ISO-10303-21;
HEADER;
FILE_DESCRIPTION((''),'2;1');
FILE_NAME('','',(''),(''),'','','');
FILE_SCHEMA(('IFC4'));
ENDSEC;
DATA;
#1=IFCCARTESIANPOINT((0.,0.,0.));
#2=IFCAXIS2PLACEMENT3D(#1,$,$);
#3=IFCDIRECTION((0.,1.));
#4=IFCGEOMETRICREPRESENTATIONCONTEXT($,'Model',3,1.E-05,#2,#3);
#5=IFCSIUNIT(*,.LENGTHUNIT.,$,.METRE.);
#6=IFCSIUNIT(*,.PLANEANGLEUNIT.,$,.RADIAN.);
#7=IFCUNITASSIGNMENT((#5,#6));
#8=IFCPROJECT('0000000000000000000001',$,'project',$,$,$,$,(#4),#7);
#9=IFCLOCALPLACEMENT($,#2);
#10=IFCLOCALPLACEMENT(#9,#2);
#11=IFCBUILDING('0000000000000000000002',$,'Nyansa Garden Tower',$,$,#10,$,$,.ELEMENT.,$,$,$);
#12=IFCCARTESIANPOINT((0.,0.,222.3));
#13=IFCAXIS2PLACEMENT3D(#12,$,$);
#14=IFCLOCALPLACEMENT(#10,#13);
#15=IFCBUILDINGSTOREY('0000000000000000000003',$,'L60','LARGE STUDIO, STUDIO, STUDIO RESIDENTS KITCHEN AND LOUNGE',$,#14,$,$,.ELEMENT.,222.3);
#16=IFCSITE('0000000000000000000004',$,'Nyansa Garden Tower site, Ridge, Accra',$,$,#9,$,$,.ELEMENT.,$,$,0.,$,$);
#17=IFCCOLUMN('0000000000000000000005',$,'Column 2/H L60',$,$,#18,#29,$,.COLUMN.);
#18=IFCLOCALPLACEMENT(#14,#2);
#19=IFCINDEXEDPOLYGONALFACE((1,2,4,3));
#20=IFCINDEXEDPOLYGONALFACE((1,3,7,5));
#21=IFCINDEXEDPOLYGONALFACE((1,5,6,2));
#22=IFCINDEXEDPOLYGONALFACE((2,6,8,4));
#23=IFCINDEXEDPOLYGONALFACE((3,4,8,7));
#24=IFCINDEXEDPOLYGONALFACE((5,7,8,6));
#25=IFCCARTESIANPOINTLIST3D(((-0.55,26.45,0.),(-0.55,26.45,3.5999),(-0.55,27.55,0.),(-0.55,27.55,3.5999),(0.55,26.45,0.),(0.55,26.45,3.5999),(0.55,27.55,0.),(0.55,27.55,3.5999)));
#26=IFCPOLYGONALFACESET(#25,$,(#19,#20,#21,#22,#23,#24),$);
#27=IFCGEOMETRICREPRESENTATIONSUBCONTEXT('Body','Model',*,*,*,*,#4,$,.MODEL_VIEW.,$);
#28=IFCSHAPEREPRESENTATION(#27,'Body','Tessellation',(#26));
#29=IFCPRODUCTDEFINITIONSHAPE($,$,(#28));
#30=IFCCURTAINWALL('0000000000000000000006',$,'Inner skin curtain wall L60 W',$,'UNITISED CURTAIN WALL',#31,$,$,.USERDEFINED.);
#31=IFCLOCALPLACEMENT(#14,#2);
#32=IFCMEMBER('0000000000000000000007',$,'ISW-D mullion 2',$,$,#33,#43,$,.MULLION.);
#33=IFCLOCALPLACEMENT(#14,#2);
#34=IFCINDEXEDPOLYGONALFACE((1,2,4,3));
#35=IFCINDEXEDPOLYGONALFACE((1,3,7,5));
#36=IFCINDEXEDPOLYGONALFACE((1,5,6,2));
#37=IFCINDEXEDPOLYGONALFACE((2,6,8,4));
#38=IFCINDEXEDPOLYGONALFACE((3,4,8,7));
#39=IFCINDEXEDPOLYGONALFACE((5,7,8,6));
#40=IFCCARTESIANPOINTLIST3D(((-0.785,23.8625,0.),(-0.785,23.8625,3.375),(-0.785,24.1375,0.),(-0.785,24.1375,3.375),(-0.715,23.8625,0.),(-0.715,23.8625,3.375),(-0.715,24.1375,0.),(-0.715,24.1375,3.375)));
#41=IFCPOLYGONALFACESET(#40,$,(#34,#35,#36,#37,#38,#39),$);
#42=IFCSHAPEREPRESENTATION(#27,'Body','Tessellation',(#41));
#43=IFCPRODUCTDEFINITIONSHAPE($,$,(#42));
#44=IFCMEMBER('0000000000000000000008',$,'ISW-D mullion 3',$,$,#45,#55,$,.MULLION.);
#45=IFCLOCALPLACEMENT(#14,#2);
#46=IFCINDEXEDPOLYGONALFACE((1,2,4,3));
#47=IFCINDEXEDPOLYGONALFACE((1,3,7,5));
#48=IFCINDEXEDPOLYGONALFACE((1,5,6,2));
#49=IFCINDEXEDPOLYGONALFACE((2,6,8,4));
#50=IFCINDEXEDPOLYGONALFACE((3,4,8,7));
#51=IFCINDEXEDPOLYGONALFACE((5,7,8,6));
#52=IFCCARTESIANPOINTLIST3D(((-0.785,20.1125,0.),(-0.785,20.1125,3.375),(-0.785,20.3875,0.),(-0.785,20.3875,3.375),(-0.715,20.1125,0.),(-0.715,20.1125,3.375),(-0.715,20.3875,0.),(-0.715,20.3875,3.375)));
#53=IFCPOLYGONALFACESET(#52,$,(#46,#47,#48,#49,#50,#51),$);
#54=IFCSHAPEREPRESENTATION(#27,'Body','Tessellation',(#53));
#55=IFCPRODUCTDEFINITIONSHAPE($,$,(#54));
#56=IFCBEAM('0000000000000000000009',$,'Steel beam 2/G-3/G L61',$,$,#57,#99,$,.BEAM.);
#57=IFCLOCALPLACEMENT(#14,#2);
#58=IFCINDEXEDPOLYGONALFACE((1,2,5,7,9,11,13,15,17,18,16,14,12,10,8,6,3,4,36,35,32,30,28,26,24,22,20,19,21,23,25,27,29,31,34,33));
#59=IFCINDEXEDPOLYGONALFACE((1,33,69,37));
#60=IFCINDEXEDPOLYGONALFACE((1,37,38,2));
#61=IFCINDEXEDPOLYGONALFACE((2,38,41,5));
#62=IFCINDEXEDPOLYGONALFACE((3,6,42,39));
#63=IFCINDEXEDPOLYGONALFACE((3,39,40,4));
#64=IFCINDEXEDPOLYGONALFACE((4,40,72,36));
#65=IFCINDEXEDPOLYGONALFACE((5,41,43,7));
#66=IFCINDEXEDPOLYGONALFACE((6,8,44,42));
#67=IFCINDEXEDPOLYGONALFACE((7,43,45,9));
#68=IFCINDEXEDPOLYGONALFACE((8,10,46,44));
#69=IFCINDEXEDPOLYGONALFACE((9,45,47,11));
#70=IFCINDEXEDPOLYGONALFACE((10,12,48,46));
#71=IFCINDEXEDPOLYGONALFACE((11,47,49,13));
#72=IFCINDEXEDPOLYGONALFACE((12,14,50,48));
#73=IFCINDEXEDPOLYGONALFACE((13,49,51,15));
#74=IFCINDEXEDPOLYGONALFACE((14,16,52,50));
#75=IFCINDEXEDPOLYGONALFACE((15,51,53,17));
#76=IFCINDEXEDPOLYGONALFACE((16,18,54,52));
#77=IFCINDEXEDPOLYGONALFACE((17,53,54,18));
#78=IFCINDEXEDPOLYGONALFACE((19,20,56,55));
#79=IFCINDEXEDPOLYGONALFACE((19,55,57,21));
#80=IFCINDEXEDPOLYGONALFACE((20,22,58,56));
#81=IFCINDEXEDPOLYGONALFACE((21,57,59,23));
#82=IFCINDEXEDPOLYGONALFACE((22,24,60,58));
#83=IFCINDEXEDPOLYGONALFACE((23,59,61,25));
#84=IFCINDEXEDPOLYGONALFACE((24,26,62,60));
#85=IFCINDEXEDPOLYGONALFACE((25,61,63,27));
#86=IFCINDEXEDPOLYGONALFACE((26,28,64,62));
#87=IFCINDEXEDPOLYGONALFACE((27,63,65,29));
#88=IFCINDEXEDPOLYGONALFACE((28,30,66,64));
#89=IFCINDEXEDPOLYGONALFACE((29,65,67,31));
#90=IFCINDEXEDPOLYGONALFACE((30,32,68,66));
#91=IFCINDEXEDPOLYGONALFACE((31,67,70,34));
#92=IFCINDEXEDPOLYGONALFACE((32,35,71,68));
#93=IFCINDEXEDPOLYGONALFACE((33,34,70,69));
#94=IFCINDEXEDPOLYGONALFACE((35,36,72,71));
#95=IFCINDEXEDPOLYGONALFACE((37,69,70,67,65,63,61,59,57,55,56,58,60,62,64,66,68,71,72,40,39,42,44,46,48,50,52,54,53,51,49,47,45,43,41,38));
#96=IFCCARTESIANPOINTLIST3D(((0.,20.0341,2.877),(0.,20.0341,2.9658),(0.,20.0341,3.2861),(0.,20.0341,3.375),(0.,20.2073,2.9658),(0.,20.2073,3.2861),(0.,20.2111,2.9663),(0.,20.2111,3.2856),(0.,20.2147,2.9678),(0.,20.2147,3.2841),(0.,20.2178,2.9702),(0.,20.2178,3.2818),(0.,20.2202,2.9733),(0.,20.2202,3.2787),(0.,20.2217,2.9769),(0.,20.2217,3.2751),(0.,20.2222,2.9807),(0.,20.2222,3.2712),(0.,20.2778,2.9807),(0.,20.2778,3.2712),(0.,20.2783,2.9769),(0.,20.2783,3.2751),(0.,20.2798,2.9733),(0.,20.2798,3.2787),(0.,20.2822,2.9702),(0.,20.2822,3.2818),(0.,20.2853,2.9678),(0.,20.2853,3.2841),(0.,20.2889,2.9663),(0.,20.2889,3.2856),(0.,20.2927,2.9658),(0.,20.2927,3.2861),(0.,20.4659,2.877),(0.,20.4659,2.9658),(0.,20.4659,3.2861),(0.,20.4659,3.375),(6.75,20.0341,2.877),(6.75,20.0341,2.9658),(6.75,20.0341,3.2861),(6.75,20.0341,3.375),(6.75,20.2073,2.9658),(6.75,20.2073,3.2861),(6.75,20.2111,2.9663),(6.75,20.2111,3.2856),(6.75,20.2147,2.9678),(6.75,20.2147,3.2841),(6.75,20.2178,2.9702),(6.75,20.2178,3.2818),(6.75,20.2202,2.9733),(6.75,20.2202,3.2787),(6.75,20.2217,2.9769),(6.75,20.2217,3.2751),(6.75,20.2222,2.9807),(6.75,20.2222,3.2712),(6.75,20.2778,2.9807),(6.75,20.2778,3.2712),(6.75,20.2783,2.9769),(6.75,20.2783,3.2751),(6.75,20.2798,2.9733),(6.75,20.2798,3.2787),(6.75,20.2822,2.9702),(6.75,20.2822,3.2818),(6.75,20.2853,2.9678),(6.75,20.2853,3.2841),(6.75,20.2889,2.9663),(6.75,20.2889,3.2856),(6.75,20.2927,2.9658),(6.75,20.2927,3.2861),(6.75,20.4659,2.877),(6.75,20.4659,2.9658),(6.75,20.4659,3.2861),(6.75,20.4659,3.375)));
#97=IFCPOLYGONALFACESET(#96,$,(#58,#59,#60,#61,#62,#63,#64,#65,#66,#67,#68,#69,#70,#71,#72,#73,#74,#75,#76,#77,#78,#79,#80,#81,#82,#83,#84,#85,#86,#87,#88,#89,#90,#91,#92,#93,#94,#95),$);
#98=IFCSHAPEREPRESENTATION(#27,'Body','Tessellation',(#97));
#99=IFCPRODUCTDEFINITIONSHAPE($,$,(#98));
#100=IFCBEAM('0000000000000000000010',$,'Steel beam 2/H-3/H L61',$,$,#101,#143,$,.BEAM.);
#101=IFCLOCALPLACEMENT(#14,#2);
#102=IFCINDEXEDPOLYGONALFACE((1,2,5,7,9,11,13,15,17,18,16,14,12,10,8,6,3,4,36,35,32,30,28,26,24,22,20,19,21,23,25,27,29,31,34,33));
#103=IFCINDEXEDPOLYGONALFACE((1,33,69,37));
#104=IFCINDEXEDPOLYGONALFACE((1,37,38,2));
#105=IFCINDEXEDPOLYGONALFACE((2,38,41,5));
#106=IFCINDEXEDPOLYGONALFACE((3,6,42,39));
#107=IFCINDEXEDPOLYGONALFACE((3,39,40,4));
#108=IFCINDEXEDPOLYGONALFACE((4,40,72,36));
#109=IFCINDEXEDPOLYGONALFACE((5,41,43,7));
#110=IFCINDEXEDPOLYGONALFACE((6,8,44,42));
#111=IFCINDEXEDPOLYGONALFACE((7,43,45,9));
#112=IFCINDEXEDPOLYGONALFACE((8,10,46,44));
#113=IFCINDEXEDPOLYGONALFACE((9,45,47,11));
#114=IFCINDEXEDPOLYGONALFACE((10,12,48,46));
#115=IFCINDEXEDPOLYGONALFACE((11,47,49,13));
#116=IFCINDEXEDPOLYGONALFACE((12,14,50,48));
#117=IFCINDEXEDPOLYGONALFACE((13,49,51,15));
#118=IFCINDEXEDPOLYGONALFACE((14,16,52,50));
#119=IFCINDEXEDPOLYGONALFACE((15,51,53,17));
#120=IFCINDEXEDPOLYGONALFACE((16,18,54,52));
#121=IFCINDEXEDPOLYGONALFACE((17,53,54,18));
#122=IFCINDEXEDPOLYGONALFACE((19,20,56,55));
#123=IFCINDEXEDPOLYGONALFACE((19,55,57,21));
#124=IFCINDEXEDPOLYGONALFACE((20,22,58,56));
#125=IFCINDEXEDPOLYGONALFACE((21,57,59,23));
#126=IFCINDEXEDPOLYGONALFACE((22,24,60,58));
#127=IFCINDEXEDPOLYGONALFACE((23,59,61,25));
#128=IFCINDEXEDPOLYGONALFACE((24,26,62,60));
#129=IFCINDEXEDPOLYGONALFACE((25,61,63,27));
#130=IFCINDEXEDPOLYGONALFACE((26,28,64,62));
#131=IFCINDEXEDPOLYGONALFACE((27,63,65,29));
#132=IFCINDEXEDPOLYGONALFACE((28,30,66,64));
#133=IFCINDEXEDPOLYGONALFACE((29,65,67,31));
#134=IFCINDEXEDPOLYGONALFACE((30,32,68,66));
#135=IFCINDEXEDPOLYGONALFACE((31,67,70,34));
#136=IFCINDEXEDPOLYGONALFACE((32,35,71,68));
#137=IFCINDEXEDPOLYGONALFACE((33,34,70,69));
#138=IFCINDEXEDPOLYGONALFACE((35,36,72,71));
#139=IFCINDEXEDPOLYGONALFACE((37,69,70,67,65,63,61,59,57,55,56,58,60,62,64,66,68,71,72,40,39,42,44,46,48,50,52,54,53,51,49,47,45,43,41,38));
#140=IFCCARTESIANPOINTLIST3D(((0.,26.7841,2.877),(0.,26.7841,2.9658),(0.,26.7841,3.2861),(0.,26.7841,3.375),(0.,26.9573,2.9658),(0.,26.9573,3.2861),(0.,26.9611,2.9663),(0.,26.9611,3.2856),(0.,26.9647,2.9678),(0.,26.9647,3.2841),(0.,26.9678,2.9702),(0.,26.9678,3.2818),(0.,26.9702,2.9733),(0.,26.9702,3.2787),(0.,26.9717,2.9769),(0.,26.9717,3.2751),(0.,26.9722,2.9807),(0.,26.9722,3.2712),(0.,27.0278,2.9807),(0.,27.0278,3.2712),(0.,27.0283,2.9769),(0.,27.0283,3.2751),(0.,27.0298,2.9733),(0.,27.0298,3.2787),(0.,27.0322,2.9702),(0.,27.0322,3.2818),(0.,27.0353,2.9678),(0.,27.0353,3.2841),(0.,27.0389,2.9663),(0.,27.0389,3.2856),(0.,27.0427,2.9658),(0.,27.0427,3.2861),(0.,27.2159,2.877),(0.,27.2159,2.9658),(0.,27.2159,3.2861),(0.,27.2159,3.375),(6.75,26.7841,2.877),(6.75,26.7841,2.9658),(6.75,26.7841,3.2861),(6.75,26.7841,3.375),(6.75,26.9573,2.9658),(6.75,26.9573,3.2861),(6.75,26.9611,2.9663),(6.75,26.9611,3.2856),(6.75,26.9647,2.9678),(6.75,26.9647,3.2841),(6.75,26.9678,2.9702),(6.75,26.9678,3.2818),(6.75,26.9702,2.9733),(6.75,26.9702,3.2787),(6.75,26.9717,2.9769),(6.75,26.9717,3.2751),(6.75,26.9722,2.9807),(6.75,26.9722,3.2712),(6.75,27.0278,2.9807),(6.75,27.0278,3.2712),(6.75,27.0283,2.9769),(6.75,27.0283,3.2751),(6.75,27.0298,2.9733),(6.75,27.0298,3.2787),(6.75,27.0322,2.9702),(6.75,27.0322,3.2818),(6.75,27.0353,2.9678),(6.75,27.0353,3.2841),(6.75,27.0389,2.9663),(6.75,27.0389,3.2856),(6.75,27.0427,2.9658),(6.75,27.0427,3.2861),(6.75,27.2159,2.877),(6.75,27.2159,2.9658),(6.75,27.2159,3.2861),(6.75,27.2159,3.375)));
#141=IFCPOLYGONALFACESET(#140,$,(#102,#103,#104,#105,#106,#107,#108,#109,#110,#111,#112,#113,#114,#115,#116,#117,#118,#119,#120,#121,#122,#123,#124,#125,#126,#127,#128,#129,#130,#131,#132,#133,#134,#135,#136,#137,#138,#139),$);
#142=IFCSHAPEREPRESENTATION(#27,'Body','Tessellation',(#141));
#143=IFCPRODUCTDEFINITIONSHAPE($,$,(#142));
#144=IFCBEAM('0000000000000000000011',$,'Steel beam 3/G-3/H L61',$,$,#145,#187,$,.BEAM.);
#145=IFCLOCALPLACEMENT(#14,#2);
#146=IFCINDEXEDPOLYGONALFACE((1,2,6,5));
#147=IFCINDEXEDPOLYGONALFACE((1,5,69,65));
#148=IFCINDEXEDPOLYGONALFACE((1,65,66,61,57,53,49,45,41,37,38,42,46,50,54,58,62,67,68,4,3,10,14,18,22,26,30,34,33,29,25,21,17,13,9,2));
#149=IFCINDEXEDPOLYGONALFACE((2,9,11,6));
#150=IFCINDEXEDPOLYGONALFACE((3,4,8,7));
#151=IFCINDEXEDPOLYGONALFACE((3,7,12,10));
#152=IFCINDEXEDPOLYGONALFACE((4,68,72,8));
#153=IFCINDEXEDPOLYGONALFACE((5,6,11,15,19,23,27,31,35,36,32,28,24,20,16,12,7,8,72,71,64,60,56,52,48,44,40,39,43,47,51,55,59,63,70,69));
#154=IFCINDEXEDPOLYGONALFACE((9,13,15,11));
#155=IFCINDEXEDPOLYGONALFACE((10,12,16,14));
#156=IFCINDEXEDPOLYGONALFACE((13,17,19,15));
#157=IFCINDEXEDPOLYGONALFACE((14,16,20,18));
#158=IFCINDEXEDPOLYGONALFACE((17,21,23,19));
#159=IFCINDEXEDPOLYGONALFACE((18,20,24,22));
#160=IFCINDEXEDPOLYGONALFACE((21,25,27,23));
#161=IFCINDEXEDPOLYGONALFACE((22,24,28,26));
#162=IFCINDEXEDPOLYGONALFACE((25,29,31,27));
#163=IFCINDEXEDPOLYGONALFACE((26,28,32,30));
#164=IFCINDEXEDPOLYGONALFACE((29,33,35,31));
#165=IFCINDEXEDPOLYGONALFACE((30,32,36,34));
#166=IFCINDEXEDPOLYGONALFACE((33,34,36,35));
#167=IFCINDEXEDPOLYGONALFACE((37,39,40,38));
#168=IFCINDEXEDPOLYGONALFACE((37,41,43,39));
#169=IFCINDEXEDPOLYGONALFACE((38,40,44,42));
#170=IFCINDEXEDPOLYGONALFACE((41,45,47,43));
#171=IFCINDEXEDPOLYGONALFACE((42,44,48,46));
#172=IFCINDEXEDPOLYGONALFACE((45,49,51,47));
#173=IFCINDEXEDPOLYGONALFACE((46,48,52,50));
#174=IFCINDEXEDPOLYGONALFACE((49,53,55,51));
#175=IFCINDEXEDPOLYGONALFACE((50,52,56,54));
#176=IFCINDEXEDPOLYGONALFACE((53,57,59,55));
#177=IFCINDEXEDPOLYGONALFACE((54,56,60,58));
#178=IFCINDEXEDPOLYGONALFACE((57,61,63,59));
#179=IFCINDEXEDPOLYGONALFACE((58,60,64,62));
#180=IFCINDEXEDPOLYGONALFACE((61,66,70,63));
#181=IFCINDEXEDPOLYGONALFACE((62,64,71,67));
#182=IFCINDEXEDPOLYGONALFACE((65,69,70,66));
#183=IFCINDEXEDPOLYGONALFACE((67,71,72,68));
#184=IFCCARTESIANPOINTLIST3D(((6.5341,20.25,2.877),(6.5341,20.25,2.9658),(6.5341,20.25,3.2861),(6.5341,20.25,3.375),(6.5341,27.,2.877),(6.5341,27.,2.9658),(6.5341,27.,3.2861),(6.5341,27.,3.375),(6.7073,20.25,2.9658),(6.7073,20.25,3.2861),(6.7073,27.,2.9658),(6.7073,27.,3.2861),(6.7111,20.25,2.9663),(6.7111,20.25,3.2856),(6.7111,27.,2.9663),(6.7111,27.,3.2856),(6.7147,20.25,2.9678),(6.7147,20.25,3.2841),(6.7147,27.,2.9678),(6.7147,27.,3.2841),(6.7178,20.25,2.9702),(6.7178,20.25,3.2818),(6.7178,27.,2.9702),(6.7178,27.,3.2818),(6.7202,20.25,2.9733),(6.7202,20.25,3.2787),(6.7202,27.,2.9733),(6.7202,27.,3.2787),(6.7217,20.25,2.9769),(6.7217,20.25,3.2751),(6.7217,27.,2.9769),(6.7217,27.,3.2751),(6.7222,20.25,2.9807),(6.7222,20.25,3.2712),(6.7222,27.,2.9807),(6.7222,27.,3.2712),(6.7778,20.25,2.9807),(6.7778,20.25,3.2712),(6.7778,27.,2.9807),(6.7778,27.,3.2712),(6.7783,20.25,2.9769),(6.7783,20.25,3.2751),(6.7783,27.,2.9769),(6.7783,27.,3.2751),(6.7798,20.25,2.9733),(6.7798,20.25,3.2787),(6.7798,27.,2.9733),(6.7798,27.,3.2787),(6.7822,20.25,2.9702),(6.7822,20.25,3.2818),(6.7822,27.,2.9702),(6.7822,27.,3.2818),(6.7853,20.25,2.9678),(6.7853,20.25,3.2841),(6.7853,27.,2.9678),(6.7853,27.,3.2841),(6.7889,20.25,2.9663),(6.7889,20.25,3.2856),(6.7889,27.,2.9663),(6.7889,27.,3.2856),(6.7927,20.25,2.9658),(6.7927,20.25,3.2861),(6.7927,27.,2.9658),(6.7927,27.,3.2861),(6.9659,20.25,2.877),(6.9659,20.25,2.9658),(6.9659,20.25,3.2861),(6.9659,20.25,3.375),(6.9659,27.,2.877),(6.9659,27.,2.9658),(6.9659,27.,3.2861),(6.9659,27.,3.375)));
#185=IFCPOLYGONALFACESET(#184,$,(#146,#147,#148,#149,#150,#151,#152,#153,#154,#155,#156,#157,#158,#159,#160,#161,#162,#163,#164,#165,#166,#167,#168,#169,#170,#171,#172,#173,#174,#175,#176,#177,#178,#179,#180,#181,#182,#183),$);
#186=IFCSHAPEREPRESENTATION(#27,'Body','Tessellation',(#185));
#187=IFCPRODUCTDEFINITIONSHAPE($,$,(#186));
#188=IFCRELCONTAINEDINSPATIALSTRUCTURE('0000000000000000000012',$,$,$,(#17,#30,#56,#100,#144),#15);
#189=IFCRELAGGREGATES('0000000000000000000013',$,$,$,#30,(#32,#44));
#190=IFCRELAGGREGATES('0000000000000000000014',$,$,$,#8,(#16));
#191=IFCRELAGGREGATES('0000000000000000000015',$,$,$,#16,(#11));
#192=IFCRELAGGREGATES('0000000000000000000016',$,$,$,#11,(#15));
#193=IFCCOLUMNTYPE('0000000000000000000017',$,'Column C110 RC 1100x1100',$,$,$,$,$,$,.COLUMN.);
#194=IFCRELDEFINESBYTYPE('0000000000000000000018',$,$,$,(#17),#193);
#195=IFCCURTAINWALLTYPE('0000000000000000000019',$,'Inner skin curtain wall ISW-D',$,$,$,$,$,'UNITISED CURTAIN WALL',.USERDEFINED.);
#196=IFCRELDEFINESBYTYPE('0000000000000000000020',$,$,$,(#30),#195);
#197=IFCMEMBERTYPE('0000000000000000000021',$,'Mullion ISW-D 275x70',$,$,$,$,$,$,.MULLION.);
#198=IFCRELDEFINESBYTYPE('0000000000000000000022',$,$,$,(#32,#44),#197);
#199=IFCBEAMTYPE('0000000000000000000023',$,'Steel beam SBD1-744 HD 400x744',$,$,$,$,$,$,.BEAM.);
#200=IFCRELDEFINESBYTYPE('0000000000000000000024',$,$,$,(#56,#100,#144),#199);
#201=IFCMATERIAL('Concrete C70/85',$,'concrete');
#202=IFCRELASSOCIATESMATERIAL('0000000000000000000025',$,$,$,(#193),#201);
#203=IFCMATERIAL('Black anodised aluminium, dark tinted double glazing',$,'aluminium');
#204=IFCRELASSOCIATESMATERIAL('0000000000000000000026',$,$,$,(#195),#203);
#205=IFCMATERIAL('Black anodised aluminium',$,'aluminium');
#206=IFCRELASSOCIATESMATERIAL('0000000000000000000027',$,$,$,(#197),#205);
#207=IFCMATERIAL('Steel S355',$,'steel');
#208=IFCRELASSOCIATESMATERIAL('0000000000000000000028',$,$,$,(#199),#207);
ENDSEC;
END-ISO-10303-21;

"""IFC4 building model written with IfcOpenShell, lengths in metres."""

from ifc_helpers import new_model, si_unit, direction, frame, origin, origin_2d, place, context, subcontext, project, spatial, rectangle, i_section, extrude, material, material_profile, profile_set, type_object, element, aggregate, save


model = new_model("IFC4")

# Units and contexts
model_context = context("Model", 3, precision=1e-05, world=origin(), true_north=direction((0.0, 1.0)))
body_context = subcontext(model_context, "Body", "Model", "MODEL_VIEW")
ifc_project = project(units=[si_unit("LENGTHUNIT", "METRE"), si_unit("PLANEANGLEUNIT", "RADIAN")], contexts=[model_context])

# Site, building, storey
site_placement = place(None, origin())
site = spatial("IfcSite", under=ifc_project, at=site_placement, Name="Nyansa Garden Tower site, Ridge, Accra", CompositionType="ELEMENT", RefElevation=0.0)
building_placement = place(site_placement, origin())
building = spatial("IfcBuilding", under=site, at=building_placement, Name="Nyansa Garden Tower", CompositionType="ELEMENT")
storey_placement = place(building_placement, frame((0.0, 0.0, 222.3)))
storey = spatial("IfcBuildingStorey", under=building, at=storey_placement, Name="L60", Description="LARGE STUDIO, STUDIO, STUDIO RESIDENTS KITCHEN AND LOUNGE", CompositionType="ELEMENT", Elevation=222.3)

# Column
ifc_material_1 = material(Name="Concrete C70/85", Category="concrete")
ifc_material_profile_1 = material_profile(ifc_material_1, rectangle(XDim=1.1001, YDim=1.1001, at=origin_2d()), Name="RC 1100x1100")
ifc_profile_set_1 = profile_set([ifc_material_profile_1], Name="Concrete C70/85")
column_type = type_object("IfcColumnType", Name="Column C110 RC 1100x1100", PredefinedType="COLUMN", material=ifc_profile_set_1)
column_placement = place(storey_placement, frame((0.0, 27.0, 0.0), z_axis=(0.0, 0.0, 1.0), x_axis=(1.0, 0.0, 0.0)))
element("IfcColumn", 1, at=column_placement, inside=storey, type_object=column_type, Name="Column 2/H L60", PredefinedType="COLUMN", context=body_context, shape_type="SweptSolid", body=[
    extrude(rectangle(XDim=1.1001, YDim=1.1001, at=origin_2d()), origin(), (0.0, 0.0, 1.0), 3.5999),
])

# Curtain wall, members
ifc_material_2 = material(Name="Black anodised aluminium, dark tinted double glazing", Category="aluminium")
curtain_wall_type = type_object("IfcCurtainWallType", Name="Inner skin curtain wall ISW-D", ElementType="UNITISED CURTAIN WALL", PredefinedType="USERDEFINED", material=ifc_material_2)
curtain_wall_placement = place(storey_placement, origin())
curtain_wall = element("IfcCurtainWall", 2, at=curtain_wall_placement, inside=storey, type_object=curtain_wall_type, Name="Inner skin curtain wall L60 W", ObjectType="UNITISED CURTAIN WALL", PredefinedType="USERDEFINED")
ifc_material_3 = material(Name="Black anodised aluminium", Category="aluminium")
ifc_material_profile_2 = material_profile(ifc_material_3, rectangle(XDim=0.0701, YDim=0.2749, at=origin_2d()), Name="Mullion 275x70")
ifc_profile_set_2 = profile_set([ifc_material_profile_2], Name="Black anodised aluminium")
member_type_1 = type_object("IfcMemberType", Name="Mullion ISW-D 275x70", PredefinedType="MULLION", material=ifc_profile_set_2)
member_1_placement = place(storey_placement, frame((-0.75, 24.0, 0.0), z_axis=(0.0, 0.0, 1.0), x_axis=(1.0, 0.0, 0.0)))
member_1 = element("IfcMember", 3, at=member_1_placement, type_object=member_type_1, Name="ISW-D mullion 2", PredefinedType="MULLION", context=body_context, shape_type="SweptSolid", body=[
    extrude(rectangle(XDim=0.0701, YDim=0.2749, at=origin_2d()), origin(), (0.0, 0.0, 1.0), 3.375),
])
member_2_placement = place(storey_placement, frame((-0.75, 20.25, 0.0), z_axis=(0.0, 0.0, 1.0), x_axis=(1.0, 0.0, 0.0)))
member_2 = element("IfcMember", 4, at=member_2_placement, type_object=member_type_1, Name="ISW-D mullion 3", PredefinedType="MULLION", context=body_context, shape_type="SweptSolid", body=[
    extrude(rectangle(XDim=0.0701, YDim=0.2749, at=origin_2d()), origin(), (0.0, 0.0, 1.0), 3.375),
])

# Beams
ifc_material_4 = material(Name="Steel S355", Category="steel")
ifc_material_profile_3 = material_profile(ifc_material_4, i_section(OverallWidth=0.4319, OverallDepth=0.498, WebThickness=0.0557, FlangeThickness=0.0889, FilletRadius=0.0149, at=origin_2d()), Name="HD 400x744")
ifc_profile_set_3 = profile_set([ifc_material_profile_3], Name="Steel S355")
beam_type_1 = type_object("IfcBeamType", Name="Steel beam SBD1-744 HD 400x744", PredefinedType="BEAM", material=ifc_profile_set_3)
for number, where, z_axis, x_axis, name in (
    (5, (0.0, 20.25, 3.126), (1.0, 0.0, 0.0), (0.0, 1.0, 0.0), "Steel beam 2/G-3/G L61"),
    (6, (0.0, 27.0, 3.126), (1.0, 0.0, 0.0), (0.0, 1.0, 0.0), "Steel beam 2/H-3/H L61"),
    (7, (6.75, 20.25, 3.126), (0.0, 1.0, 0.0), (-1.0, 0.0, 0.0), "Steel beam 3/G-3/H L61"),
):
    element("IfcBeam", number, at=place(storey_placement, frame(where, z_axis=z_axis, x_axis=x_axis)), inside=storey, type_object=beam_type_1, Name=name, PredefinedType="BEAM", context=body_context, shape_type="SweptSolid", body=[
        extrude(i_section(OverallWidth=0.4319, OverallDepth=0.498, WebThickness=0.0557, FlangeThickness=0.0889, FilletRadius=0.0149, at=origin_2d()), origin(), (0.0, 0.0, 1.0), 6.75),
    ])

aggregate(curtain_wall, [member_1, member_2])

save(model, "model.ifc")
